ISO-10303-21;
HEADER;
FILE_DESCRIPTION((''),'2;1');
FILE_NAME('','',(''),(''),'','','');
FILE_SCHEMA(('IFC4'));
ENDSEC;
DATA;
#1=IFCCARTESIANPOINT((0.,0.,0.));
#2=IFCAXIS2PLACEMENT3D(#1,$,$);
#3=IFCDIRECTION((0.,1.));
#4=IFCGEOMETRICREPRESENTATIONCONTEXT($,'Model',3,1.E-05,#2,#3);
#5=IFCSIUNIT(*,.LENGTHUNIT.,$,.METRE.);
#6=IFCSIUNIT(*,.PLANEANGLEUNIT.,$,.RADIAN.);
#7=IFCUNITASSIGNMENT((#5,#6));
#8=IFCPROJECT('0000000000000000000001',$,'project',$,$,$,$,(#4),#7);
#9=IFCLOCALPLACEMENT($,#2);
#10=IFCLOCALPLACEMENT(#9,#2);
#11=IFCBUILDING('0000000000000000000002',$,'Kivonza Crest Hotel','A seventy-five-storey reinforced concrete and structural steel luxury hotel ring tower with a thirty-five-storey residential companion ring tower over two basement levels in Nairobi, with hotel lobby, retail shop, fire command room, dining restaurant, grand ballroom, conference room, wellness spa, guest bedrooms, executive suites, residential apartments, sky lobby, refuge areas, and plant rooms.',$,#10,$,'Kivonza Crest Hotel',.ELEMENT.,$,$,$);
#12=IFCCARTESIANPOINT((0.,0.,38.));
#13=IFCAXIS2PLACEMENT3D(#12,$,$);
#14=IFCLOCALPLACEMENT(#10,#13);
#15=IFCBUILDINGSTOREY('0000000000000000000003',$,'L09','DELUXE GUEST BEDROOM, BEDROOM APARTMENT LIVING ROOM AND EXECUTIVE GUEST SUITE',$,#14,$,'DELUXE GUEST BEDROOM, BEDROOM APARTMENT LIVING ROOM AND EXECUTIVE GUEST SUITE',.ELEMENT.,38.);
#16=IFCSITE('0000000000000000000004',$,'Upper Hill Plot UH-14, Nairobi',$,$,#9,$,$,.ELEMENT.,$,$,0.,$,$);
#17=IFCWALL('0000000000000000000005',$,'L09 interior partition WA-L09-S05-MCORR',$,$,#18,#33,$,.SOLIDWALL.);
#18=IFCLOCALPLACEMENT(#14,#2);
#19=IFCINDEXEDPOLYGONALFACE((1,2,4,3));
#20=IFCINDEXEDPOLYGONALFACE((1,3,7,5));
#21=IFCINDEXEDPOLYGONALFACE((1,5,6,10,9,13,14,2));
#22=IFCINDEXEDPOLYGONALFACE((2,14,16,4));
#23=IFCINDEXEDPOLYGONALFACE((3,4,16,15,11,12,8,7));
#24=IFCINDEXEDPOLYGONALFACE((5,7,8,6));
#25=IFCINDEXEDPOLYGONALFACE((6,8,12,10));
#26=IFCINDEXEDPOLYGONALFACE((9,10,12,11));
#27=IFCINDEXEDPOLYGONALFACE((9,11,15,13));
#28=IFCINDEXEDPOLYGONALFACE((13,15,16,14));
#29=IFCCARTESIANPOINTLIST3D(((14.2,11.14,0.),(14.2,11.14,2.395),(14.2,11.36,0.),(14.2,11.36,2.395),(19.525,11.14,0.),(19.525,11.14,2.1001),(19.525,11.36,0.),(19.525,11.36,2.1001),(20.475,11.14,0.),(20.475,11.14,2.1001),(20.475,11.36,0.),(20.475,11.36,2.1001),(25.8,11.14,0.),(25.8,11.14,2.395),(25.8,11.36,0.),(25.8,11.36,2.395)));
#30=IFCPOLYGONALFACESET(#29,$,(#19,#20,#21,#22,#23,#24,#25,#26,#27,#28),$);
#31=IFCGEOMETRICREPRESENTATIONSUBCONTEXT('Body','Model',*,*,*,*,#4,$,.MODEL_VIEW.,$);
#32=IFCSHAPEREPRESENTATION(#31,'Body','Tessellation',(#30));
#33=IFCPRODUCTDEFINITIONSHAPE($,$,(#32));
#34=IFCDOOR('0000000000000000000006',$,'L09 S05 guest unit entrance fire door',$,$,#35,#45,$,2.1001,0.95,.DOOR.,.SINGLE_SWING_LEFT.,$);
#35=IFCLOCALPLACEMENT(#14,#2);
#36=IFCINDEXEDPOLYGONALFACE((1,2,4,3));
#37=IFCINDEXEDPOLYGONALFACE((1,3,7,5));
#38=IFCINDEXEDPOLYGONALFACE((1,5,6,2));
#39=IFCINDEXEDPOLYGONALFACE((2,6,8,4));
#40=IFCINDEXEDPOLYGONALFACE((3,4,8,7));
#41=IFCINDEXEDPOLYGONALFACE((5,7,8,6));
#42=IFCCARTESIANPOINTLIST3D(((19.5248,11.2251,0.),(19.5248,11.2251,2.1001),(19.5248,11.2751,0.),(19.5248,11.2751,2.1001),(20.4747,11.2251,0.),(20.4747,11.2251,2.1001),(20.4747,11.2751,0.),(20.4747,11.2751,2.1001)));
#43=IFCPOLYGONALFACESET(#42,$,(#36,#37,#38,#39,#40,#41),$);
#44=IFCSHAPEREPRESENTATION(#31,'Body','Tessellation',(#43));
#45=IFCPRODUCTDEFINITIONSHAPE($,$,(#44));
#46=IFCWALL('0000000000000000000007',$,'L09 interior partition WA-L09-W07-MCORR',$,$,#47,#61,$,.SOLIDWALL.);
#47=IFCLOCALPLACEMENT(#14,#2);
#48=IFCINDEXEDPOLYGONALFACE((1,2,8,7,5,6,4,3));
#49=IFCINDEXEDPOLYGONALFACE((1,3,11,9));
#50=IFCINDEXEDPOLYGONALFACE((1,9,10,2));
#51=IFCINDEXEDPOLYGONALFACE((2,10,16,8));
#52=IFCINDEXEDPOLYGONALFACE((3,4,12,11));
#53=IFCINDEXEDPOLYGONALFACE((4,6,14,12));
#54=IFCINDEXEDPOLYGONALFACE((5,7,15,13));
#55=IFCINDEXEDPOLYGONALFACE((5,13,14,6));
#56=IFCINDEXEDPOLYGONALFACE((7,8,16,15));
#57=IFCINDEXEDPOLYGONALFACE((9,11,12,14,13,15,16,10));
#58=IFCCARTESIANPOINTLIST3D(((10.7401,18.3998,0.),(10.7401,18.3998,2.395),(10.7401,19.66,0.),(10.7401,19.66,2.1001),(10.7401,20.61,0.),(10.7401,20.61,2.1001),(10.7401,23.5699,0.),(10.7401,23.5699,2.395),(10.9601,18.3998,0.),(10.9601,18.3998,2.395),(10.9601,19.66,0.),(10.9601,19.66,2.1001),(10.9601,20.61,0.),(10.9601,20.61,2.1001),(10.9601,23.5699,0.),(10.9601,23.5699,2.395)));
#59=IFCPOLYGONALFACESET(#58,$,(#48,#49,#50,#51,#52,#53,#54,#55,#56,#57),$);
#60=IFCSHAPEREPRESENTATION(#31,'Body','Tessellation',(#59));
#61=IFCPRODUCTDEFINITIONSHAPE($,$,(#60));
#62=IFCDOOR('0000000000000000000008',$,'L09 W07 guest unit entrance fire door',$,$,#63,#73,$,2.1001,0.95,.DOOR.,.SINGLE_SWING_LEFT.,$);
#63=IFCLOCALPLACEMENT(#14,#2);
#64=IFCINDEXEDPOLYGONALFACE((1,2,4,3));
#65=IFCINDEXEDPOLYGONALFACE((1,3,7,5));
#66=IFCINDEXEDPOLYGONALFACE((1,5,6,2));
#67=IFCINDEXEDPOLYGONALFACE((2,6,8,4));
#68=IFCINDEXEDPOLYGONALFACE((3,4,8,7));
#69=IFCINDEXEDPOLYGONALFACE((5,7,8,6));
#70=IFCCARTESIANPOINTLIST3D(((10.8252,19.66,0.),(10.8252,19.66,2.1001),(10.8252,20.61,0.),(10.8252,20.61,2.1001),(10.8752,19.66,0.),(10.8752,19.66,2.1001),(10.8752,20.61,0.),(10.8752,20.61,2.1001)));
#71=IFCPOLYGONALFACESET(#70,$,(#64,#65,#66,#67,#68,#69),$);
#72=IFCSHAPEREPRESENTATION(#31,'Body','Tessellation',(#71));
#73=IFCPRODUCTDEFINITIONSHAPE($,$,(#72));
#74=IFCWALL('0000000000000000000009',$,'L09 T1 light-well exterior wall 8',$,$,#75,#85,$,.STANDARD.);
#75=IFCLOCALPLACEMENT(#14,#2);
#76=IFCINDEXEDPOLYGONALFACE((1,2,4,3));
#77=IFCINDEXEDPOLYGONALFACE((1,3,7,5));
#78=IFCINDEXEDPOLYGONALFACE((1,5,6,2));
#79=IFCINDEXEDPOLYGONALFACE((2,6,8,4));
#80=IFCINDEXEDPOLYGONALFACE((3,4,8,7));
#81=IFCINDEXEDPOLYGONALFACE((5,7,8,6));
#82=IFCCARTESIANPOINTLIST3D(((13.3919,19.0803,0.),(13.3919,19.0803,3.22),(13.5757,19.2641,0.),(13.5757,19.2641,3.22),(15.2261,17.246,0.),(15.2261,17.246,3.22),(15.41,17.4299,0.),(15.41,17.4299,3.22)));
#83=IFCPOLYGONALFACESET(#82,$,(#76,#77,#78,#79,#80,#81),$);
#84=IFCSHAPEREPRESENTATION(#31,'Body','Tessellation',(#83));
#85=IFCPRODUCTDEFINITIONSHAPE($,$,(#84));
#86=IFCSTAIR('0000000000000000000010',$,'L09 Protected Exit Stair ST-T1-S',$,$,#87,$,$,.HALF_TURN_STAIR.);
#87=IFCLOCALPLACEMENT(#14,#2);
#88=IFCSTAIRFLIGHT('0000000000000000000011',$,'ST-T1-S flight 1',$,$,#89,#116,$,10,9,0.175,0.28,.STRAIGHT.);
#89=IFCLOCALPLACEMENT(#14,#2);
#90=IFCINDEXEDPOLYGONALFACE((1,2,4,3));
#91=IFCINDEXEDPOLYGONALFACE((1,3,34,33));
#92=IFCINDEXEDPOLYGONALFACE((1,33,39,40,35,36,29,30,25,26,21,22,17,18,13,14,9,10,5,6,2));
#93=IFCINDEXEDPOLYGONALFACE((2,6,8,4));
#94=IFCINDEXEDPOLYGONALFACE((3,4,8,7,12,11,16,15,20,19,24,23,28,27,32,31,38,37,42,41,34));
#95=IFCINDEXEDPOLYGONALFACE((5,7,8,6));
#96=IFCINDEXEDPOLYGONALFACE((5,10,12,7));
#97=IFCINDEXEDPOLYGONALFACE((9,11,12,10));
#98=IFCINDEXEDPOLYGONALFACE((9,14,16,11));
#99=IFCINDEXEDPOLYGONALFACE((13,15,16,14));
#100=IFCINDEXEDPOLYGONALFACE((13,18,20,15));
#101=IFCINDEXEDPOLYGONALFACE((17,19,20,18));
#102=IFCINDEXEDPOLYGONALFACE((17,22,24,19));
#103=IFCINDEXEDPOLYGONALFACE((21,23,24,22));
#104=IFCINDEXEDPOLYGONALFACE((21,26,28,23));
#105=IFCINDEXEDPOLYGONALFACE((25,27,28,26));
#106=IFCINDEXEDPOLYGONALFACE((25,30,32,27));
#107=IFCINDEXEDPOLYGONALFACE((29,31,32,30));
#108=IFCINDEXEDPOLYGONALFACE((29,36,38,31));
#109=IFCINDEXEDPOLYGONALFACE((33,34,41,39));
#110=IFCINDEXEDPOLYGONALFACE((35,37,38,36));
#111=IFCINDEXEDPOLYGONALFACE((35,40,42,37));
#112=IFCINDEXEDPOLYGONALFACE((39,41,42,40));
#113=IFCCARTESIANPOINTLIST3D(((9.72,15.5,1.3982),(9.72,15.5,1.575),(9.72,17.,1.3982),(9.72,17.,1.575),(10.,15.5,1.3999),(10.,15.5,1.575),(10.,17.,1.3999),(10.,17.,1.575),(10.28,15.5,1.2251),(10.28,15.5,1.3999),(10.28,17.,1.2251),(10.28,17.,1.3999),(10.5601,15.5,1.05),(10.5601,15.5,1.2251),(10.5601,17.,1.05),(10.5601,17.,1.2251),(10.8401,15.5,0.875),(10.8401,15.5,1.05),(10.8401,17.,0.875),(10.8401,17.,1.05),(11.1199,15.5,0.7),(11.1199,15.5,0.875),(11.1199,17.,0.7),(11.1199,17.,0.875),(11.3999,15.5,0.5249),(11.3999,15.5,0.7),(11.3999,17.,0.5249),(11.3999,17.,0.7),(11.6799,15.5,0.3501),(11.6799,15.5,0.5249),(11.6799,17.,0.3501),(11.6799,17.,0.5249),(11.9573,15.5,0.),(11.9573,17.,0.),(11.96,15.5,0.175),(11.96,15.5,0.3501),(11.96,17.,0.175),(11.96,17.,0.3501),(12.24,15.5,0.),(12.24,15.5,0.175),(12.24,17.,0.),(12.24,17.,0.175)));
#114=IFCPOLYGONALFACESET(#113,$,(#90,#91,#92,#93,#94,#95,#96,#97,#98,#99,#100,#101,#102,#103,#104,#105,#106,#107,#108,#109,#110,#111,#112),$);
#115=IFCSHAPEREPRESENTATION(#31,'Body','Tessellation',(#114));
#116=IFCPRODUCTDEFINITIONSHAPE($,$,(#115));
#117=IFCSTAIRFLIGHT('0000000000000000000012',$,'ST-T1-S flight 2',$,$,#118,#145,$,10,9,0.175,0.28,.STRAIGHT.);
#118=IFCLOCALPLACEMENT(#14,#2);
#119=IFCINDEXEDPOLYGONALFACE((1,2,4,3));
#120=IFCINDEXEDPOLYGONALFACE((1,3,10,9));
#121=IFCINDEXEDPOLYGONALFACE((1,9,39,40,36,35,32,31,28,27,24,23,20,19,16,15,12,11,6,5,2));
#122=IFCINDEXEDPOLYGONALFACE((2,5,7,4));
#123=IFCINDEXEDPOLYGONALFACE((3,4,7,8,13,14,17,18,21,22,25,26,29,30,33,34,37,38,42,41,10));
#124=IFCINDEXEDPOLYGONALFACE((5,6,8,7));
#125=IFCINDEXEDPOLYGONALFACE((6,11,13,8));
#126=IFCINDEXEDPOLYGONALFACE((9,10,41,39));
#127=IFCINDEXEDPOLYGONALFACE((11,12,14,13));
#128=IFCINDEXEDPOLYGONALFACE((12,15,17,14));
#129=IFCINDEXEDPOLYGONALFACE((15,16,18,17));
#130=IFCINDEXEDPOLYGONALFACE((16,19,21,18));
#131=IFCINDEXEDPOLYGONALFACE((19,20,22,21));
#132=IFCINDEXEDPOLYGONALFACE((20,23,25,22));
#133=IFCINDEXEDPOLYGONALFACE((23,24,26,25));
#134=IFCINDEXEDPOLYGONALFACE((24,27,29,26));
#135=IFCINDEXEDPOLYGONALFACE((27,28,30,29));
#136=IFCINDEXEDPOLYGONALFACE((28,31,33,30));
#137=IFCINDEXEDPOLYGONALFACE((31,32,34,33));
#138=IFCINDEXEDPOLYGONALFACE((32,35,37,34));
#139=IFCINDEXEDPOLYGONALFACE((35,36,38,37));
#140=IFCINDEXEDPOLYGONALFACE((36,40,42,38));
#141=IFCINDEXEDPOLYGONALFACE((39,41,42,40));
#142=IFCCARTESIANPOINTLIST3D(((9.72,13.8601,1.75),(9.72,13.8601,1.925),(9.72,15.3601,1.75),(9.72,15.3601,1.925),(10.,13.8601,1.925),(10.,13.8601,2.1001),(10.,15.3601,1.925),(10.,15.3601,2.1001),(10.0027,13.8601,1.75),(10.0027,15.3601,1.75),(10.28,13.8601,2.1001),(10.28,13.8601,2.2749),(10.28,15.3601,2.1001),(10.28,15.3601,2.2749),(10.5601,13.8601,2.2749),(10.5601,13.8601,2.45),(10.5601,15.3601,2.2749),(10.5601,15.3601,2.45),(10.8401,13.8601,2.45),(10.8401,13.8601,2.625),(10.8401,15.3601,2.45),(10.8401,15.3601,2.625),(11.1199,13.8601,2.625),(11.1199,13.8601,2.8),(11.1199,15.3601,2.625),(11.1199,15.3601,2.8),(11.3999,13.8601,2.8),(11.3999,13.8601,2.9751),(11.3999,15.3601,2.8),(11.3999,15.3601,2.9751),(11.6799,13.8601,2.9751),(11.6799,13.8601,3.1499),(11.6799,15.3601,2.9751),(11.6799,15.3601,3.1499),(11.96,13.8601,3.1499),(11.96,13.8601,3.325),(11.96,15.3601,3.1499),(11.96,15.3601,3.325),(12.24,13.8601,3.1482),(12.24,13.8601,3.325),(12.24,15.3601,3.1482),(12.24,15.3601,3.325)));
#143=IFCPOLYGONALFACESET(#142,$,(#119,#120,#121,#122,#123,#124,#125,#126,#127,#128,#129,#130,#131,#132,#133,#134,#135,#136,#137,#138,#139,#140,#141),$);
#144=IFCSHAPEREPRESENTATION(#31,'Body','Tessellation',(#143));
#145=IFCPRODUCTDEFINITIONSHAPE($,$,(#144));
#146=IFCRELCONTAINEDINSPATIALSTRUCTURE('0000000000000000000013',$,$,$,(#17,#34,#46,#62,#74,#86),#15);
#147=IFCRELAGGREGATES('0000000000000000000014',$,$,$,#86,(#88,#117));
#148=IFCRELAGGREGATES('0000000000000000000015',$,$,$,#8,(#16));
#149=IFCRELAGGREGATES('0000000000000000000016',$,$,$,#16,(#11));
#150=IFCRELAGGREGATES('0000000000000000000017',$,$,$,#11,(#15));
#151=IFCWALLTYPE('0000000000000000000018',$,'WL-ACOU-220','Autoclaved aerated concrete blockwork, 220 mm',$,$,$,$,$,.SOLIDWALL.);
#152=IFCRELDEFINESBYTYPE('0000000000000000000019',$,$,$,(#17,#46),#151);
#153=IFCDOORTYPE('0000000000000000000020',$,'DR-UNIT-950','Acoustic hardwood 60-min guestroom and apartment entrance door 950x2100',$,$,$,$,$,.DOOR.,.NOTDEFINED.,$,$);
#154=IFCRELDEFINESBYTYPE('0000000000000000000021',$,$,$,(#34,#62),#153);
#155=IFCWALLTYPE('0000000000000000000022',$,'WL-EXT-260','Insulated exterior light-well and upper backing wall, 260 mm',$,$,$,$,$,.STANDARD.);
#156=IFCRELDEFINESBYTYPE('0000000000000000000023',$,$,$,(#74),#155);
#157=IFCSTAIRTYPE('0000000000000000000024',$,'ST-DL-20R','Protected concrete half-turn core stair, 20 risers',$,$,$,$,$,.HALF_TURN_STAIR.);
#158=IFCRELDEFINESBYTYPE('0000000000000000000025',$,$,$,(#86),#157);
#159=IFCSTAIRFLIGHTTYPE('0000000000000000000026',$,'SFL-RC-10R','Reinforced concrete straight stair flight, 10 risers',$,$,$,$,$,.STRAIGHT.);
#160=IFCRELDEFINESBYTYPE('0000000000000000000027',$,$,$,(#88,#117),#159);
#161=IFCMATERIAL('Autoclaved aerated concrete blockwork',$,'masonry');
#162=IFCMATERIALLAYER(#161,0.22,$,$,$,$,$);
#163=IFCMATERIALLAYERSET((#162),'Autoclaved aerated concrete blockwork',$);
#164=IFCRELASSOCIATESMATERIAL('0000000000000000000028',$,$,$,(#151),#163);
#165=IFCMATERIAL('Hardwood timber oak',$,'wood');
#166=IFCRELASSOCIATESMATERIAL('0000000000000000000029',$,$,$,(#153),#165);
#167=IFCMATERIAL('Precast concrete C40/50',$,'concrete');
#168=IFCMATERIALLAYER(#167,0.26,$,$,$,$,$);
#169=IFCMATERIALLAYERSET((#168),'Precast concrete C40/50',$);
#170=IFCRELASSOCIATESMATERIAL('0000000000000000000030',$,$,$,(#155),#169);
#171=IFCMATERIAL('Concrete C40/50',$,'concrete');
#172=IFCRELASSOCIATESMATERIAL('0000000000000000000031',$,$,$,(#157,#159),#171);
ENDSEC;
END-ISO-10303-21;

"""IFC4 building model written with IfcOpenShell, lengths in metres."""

from ifc_helpers import new_model, si_unit, direction, frame, frame_2d, origin, place, context, subcontext, project, spatial, polyline, rectangle, outline, extrude, material, layer, layer_set, type_object, element, fill, aggregate, save


model = new_model("IFC4")

# Units and contexts
model_context = context("Model", 3, precision=1e-05, world=origin(), true_north=direction((0.0, 1.0)))
body_context = subcontext(model_context, "Body", "Model", "MODEL_VIEW")
ifc_project = project(units=[si_unit("LENGTHUNIT", "METRE"), si_unit("PLANEANGLEUNIT", "RADIAN")], contexts=[model_context])

# Site, building, storey
site_placement = place(None, origin())
site = spatial("IfcSite", under=ifc_project, at=site_placement, Name="Upper Hill Plot UH-14, Nairobi", CompositionType="ELEMENT", RefElevation=0.0)
building_placement = place(site_placement, origin())
building = spatial("IfcBuilding", under=site, at=building_placement, Name="Kivonza Crest Hotel", Description="A seventy-five-storey reinforced concrete and structural steel luxury hotel ring tower with a thirty-five-storey residential companion ring tower over two basement levels in Nairobi, with hotel lobby, retail shop, fire command room, dining restaurant, grand ballroom, conference room, wellness spa, guest bedrooms, executive suites, residential apartments, sky lobby, refuge areas, and plant rooms.", LongName="Kivonza Crest Hotel", CompositionType="ELEMENT")
storey_placement = place(building_placement, frame((0.0, 0.0, 38.0)))
storey = spatial("IfcBuildingStorey", under=building, at=storey_placement, Name="L09", Description="DELUXE GUEST BEDROOM, BEDROOM APARTMENT LIVING ROOM AND EXECUTIVE GUEST SUITE", LongName="DELUXE GUEST BEDROOM, BEDROOM APARTMENT LIVING ROOM AND EXECUTIVE GUEST SUITE", CompositionType="ELEMENT", Elevation=38.0)

# Shared definitions
ifc_material_1 = material(Name="Autoclaved aerated concrete blockwork", Category="masonry")
ifc_layer_1 = layer(ifc_material_1, 0.22)
ifc_layer_set_1 = layer_set([ifc_layer_1], Name="Autoclaved aerated concrete blockwork")
wall_type_1 = type_object("IfcWallType", Name="WL-ACOU-220", Description="Autoclaved aerated concrete blockwork, 220 mm", PredefinedType="SOLIDWALL", material=ifc_layer_set_1)

# Walls, openings, doors
wall_1_placement = place(storey_placement, frame((14.2, 11.25, 0.0), z_axis=(0.0, 0.0, 1.0), x_axis=(1.0, 0.0, 0.0)))
wall_1 = element("IfcWall", 1, at=wall_1_placement, inside=storey, type_object=wall_type_1, Name="L09 interior partition WA-L09-S05-MCORR", PredefinedType="SOLIDWALL", context=body_context, shape_type="SweptSolid", body=[
    extrude(rectangle(XDim=11.6001, YDim=0.22, at=frame_2d((5.8, 0.0))), origin(), (0.0, 0.0, 1.0), 2.395),
])
opening_1_placement = place(wall_1_placement, frame((5.325, 0.0, 0.0)))
opening_1 = element("IfcOpeningElement", 2, at=opening_1_placement, cuts=wall_1, PredefinedType="OPENING", context=body_context, shape_type="SweptSolid", body=[
    extrude(rectangle(XDim=0.95, YDim=2.1001, at=frame_2d((0.4751, 1.05))), frame((0.0, 0.1201, 0.0), z_axis=(0.0, -1.0, 0.0), x_axis=(1.0, 0.0, 0.0)), (0.0, 0.0, 1.0), 0.24),
])
ifc_material_2 = material(Name="Hardwood timber oak", Category="wood")
door_type_1 = type_object("IfcDoorType", Name="DR-UNIT-950", Description="Acoustic hardwood 60-min guestroom and apartment entrance door 950x2100", OperationType="NOTDEFINED", PredefinedType="DOOR", material=ifc_material_2)
door_1_placement = place(opening_1_placement, frame((0.95, 0.0, 0.0), z_axis=(0.0, 0.0, 1.0), x_axis=(-1.0, 0.0, 0.0)))
door_1 = element("IfcDoor", 3, at=door_1_placement, inside=storey, type_object=door_type_1, Name="L09 S05 guest unit entrance fire door", OperationType="SINGLE_SWING_LEFT", OverallHeight=2.1001, OverallWidth=0.95, PredefinedType="DOOR", context=body_context, shape_type="SweptSolid", body=[
    extrude(rectangle(XDim=0.95, YDim=2.1001, at=frame_2d((0.4751, 1.05))), frame((0.0, 0.0249, 0.0), z_axis=(0.0, -1.0, 0.0), x_axis=(1.0, 0.0, 0.0)), (0.0, 0.0, 1.0), 0.05),
])
fill(opening_1, door_1)
wall_2_placement = place(storey_placement, frame((10.8501, 18.3999, 0.0), z_axis=(0.0, 0.0, 1.0), x_axis=(0.0, 1.0, 0.0)))
wall_2 = element("IfcWall", 4, at=wall_2_placement, inside=storey, type_object=wall_type_1, Name="L09 interior partition WA-L09-W07-MCORR", PredefinedType="SOLIDWALL", context=body_context, shape_type="SweptSolid", body=[
    extrude(rectangle(XDim=5.1702, YDim=0.22, at=frame_2d((2.585, 0.0))), origin(), (0.0, 0.0, 1.0), 2.395),
])
opening_2_placement = place(wall_2_placement, frame((1.26, 0.0, 0.0)))
opening_2 = element("IfcOpeningElement", 5, at=opening_2_placement, cuts=wall_2, PredefinedType="OPENING", context=body_context, shape_type="SweptSolid", body=[
    extrude(rectangle(XDim=0.95, YDim=2.1001, at=frame_2d((0.4751, 1.05))), frame((0.0, 0.1201, 0.0), z_axis=(0.0, -1.0, 0.0), x_axis=(1.0, 0.0, 0.0)), (0.0, 0.0, 1.0), 0.24),
])
door_2_placement = place(opening_2_placement, origin())
door_2 = element("IfcDoor", 6, at=door_2_placement, inside=storey, type_object=door_type_1, Name="L09 W07 guest unit entrance fire door", OperationType="SINGLE_SWING_LEFT", OverallHeight=2.1001, OverallWidth=0.95, PredefinedType="DOOR", context=body_context, shape_type="SweptSolid", body=[
    extrude(rectangle(XDim=0.95, YDim=2.1001, at=frame_2d((0.4751, 1.05))), frame((0.0, 0.0249, 0.0), z_axis=(0.0, -1.0, 0.0), x_axis=(1.0, 0.0, 0.0)), (0.0, 0.0, 1.0), 0.05),
])
fill(opening_2, door_2)

# Wall
ifc_material_3 = material(Name="Precast concrete C40/50", Category="concrete")
ifc_layer_2 = layer(ifc_material_3, 0.26)
ifc_layer_set_2 = layer_set([ifc_layer_2], Name="Precast concrete C40/50")
wall_type_2 = type_object("IfcWallType", Name="WL-EXT-260", Description="Insulated exterior light-well and upper backing wall, 260 mm", PredefinedType="STANDARD", material=ifc_layer_set_2)
wall_3_placement = place(storey_placement, frame((13.4839, 19.1721, 0.0), z_axis=(0.0, 0.0, 1.0), x_axis=(0.707107, -0.707107, 0.0)))
element("IfcWall", 7, at=wall_3_placement, inside=storey, type_object=wall_type_2, Name="L09 T1 light-well exterior wall 8", PredefinedType="STANDARD", context=body_context, shape_type="SweptSolid", body=[
    extrude(rectangle(XDim=2.594, YDim=0.26, at=frame_2d((1.2969, 0.0))), origin(), (0.0, 0.0, 1.0), 3.22),
])

# Stair, stair flights
ifc_material_4 = material(Name="Concrete C40/50", Category="concrete")
stair_type = type_object("IfcStairType", Name="ST-DL-20R", Description="Protected concrete half-turn core stair, 20 risers", PredefinedType="HALF_TURN_STAIR", material=ifc_material_4)
stair_placement = place(storey_placement, origin())
stair = element("IfcStair", 8, at=stair_placement, inside=storey, type_object=stair_type, Name="L09 Protected Exit Stair ST-T1-S", PredefinedType="HALF_TURN_STAIR")
stair_flight_type = type_object("IfcStairFlightType", Name="SFL-RC-10R", Description="Reinforced concrete straight stair flight, 10 risers", PredefinedType="STRAIGHT", material=ifc_material_4)
stair_flight_1_placement = place(storey_placement, frame((12.24, 16.25, 0.0), z_axis=(0.0, 0.0, 1.0), x_axis=(-1.0, 0.0, 0.0)))
stair_flight_1 = element("IfcStairFlight", 9, at=stair_flight_1_placement, type_object=stair_flight_type, Name="ST-T1-S flight 1", NumberOfRisers=10, NumberOfTreads=9, PredefinedType="STRAIGHT", RiserHeight=0.175, TreadLength=0.28, context=body_context, shape_type="SweptSolid", body=[
    extrude(outline(polyline([(0.0, 0.0), (0.0, 0.175), (0.28, 0.175), (0.28, 0.3501), (0.5601, 0.3501), (0.5601, 0.5249), (0.8401, 0.5249), (0.8401, 0.7), (1.1201, 0.7), (1.1201, 0.875), (1.3999, 0.875), (1.3999, 1.05), (1.6799, 1.05), (1.6799, 1.2251), (1.96, 1.2251), (1.96, 1.3999), (2.24, 1.3999), (2.24, 1.575), (2.52, 1.575), (2.52, 1.75), (2.52, 1.3982), (0.2827, 0.0), (0.0, 0.0)])), frame((0.0, 0.75, 0.0), z_axis=(0.0, -1.0, 0.0), x_axis=(1.0, 0.0, 0.0)), (0.0, 0.0, 1.0), 1.5),
])
stair_flight_2_placement = place(storey_placement, frame((9.72, 14.6101, 1.75), z_axis=(0.0, 0.0, 1.0), x_axis=(1.0, 0.0, 0.0)))
stair_flight_2 = element("IfcStairFlight", 10, at=stair_flight_2_placement, type_object=stair_flight_type, Name="ST-T1-S flight 2", NumberOfRisers=10, NumberOfTreads=9, PredefinedType="STRAIGHT", RiserHeight=0.175, TreadLength=0.28, context=body_context, shape_type="SweptSolid", body=[
    extrude(outline(polyline([(0.0, 0.0), (0.0, 0.175), (0.28, 0.175), (0.28, 0.3501), (0.5601, 0.3501), (0.5601, 0.5249), (0.8401, 0.5249), (0.8401, 0.7), (1.1201, 0.7), (1.1201, 0.875), (1.3999, 0.875), (1.3999, 1.05), (1.6799, 1.05), (1.6799, 1.2251), (1.96, 1.2251), (1.96, 1.3999), (2.24, 1.3999), (2.24, 1.575), (2.52, 1.575), (2.52, 1.75), (2.52, 1.3982), (0.2827, 0.0), (0.0, 0.0)])), frame((0.0, 0.75, 0.0), z_axis=(0.0, -1.0, 0.0), x_axis=(1.0, 0.0, 0.0)), (0.0, 0.0, 1.0), 1.5),
])
aggregate(stair, [stair_flight_1, stair_flight_2])

save(model, "model.ifc")
